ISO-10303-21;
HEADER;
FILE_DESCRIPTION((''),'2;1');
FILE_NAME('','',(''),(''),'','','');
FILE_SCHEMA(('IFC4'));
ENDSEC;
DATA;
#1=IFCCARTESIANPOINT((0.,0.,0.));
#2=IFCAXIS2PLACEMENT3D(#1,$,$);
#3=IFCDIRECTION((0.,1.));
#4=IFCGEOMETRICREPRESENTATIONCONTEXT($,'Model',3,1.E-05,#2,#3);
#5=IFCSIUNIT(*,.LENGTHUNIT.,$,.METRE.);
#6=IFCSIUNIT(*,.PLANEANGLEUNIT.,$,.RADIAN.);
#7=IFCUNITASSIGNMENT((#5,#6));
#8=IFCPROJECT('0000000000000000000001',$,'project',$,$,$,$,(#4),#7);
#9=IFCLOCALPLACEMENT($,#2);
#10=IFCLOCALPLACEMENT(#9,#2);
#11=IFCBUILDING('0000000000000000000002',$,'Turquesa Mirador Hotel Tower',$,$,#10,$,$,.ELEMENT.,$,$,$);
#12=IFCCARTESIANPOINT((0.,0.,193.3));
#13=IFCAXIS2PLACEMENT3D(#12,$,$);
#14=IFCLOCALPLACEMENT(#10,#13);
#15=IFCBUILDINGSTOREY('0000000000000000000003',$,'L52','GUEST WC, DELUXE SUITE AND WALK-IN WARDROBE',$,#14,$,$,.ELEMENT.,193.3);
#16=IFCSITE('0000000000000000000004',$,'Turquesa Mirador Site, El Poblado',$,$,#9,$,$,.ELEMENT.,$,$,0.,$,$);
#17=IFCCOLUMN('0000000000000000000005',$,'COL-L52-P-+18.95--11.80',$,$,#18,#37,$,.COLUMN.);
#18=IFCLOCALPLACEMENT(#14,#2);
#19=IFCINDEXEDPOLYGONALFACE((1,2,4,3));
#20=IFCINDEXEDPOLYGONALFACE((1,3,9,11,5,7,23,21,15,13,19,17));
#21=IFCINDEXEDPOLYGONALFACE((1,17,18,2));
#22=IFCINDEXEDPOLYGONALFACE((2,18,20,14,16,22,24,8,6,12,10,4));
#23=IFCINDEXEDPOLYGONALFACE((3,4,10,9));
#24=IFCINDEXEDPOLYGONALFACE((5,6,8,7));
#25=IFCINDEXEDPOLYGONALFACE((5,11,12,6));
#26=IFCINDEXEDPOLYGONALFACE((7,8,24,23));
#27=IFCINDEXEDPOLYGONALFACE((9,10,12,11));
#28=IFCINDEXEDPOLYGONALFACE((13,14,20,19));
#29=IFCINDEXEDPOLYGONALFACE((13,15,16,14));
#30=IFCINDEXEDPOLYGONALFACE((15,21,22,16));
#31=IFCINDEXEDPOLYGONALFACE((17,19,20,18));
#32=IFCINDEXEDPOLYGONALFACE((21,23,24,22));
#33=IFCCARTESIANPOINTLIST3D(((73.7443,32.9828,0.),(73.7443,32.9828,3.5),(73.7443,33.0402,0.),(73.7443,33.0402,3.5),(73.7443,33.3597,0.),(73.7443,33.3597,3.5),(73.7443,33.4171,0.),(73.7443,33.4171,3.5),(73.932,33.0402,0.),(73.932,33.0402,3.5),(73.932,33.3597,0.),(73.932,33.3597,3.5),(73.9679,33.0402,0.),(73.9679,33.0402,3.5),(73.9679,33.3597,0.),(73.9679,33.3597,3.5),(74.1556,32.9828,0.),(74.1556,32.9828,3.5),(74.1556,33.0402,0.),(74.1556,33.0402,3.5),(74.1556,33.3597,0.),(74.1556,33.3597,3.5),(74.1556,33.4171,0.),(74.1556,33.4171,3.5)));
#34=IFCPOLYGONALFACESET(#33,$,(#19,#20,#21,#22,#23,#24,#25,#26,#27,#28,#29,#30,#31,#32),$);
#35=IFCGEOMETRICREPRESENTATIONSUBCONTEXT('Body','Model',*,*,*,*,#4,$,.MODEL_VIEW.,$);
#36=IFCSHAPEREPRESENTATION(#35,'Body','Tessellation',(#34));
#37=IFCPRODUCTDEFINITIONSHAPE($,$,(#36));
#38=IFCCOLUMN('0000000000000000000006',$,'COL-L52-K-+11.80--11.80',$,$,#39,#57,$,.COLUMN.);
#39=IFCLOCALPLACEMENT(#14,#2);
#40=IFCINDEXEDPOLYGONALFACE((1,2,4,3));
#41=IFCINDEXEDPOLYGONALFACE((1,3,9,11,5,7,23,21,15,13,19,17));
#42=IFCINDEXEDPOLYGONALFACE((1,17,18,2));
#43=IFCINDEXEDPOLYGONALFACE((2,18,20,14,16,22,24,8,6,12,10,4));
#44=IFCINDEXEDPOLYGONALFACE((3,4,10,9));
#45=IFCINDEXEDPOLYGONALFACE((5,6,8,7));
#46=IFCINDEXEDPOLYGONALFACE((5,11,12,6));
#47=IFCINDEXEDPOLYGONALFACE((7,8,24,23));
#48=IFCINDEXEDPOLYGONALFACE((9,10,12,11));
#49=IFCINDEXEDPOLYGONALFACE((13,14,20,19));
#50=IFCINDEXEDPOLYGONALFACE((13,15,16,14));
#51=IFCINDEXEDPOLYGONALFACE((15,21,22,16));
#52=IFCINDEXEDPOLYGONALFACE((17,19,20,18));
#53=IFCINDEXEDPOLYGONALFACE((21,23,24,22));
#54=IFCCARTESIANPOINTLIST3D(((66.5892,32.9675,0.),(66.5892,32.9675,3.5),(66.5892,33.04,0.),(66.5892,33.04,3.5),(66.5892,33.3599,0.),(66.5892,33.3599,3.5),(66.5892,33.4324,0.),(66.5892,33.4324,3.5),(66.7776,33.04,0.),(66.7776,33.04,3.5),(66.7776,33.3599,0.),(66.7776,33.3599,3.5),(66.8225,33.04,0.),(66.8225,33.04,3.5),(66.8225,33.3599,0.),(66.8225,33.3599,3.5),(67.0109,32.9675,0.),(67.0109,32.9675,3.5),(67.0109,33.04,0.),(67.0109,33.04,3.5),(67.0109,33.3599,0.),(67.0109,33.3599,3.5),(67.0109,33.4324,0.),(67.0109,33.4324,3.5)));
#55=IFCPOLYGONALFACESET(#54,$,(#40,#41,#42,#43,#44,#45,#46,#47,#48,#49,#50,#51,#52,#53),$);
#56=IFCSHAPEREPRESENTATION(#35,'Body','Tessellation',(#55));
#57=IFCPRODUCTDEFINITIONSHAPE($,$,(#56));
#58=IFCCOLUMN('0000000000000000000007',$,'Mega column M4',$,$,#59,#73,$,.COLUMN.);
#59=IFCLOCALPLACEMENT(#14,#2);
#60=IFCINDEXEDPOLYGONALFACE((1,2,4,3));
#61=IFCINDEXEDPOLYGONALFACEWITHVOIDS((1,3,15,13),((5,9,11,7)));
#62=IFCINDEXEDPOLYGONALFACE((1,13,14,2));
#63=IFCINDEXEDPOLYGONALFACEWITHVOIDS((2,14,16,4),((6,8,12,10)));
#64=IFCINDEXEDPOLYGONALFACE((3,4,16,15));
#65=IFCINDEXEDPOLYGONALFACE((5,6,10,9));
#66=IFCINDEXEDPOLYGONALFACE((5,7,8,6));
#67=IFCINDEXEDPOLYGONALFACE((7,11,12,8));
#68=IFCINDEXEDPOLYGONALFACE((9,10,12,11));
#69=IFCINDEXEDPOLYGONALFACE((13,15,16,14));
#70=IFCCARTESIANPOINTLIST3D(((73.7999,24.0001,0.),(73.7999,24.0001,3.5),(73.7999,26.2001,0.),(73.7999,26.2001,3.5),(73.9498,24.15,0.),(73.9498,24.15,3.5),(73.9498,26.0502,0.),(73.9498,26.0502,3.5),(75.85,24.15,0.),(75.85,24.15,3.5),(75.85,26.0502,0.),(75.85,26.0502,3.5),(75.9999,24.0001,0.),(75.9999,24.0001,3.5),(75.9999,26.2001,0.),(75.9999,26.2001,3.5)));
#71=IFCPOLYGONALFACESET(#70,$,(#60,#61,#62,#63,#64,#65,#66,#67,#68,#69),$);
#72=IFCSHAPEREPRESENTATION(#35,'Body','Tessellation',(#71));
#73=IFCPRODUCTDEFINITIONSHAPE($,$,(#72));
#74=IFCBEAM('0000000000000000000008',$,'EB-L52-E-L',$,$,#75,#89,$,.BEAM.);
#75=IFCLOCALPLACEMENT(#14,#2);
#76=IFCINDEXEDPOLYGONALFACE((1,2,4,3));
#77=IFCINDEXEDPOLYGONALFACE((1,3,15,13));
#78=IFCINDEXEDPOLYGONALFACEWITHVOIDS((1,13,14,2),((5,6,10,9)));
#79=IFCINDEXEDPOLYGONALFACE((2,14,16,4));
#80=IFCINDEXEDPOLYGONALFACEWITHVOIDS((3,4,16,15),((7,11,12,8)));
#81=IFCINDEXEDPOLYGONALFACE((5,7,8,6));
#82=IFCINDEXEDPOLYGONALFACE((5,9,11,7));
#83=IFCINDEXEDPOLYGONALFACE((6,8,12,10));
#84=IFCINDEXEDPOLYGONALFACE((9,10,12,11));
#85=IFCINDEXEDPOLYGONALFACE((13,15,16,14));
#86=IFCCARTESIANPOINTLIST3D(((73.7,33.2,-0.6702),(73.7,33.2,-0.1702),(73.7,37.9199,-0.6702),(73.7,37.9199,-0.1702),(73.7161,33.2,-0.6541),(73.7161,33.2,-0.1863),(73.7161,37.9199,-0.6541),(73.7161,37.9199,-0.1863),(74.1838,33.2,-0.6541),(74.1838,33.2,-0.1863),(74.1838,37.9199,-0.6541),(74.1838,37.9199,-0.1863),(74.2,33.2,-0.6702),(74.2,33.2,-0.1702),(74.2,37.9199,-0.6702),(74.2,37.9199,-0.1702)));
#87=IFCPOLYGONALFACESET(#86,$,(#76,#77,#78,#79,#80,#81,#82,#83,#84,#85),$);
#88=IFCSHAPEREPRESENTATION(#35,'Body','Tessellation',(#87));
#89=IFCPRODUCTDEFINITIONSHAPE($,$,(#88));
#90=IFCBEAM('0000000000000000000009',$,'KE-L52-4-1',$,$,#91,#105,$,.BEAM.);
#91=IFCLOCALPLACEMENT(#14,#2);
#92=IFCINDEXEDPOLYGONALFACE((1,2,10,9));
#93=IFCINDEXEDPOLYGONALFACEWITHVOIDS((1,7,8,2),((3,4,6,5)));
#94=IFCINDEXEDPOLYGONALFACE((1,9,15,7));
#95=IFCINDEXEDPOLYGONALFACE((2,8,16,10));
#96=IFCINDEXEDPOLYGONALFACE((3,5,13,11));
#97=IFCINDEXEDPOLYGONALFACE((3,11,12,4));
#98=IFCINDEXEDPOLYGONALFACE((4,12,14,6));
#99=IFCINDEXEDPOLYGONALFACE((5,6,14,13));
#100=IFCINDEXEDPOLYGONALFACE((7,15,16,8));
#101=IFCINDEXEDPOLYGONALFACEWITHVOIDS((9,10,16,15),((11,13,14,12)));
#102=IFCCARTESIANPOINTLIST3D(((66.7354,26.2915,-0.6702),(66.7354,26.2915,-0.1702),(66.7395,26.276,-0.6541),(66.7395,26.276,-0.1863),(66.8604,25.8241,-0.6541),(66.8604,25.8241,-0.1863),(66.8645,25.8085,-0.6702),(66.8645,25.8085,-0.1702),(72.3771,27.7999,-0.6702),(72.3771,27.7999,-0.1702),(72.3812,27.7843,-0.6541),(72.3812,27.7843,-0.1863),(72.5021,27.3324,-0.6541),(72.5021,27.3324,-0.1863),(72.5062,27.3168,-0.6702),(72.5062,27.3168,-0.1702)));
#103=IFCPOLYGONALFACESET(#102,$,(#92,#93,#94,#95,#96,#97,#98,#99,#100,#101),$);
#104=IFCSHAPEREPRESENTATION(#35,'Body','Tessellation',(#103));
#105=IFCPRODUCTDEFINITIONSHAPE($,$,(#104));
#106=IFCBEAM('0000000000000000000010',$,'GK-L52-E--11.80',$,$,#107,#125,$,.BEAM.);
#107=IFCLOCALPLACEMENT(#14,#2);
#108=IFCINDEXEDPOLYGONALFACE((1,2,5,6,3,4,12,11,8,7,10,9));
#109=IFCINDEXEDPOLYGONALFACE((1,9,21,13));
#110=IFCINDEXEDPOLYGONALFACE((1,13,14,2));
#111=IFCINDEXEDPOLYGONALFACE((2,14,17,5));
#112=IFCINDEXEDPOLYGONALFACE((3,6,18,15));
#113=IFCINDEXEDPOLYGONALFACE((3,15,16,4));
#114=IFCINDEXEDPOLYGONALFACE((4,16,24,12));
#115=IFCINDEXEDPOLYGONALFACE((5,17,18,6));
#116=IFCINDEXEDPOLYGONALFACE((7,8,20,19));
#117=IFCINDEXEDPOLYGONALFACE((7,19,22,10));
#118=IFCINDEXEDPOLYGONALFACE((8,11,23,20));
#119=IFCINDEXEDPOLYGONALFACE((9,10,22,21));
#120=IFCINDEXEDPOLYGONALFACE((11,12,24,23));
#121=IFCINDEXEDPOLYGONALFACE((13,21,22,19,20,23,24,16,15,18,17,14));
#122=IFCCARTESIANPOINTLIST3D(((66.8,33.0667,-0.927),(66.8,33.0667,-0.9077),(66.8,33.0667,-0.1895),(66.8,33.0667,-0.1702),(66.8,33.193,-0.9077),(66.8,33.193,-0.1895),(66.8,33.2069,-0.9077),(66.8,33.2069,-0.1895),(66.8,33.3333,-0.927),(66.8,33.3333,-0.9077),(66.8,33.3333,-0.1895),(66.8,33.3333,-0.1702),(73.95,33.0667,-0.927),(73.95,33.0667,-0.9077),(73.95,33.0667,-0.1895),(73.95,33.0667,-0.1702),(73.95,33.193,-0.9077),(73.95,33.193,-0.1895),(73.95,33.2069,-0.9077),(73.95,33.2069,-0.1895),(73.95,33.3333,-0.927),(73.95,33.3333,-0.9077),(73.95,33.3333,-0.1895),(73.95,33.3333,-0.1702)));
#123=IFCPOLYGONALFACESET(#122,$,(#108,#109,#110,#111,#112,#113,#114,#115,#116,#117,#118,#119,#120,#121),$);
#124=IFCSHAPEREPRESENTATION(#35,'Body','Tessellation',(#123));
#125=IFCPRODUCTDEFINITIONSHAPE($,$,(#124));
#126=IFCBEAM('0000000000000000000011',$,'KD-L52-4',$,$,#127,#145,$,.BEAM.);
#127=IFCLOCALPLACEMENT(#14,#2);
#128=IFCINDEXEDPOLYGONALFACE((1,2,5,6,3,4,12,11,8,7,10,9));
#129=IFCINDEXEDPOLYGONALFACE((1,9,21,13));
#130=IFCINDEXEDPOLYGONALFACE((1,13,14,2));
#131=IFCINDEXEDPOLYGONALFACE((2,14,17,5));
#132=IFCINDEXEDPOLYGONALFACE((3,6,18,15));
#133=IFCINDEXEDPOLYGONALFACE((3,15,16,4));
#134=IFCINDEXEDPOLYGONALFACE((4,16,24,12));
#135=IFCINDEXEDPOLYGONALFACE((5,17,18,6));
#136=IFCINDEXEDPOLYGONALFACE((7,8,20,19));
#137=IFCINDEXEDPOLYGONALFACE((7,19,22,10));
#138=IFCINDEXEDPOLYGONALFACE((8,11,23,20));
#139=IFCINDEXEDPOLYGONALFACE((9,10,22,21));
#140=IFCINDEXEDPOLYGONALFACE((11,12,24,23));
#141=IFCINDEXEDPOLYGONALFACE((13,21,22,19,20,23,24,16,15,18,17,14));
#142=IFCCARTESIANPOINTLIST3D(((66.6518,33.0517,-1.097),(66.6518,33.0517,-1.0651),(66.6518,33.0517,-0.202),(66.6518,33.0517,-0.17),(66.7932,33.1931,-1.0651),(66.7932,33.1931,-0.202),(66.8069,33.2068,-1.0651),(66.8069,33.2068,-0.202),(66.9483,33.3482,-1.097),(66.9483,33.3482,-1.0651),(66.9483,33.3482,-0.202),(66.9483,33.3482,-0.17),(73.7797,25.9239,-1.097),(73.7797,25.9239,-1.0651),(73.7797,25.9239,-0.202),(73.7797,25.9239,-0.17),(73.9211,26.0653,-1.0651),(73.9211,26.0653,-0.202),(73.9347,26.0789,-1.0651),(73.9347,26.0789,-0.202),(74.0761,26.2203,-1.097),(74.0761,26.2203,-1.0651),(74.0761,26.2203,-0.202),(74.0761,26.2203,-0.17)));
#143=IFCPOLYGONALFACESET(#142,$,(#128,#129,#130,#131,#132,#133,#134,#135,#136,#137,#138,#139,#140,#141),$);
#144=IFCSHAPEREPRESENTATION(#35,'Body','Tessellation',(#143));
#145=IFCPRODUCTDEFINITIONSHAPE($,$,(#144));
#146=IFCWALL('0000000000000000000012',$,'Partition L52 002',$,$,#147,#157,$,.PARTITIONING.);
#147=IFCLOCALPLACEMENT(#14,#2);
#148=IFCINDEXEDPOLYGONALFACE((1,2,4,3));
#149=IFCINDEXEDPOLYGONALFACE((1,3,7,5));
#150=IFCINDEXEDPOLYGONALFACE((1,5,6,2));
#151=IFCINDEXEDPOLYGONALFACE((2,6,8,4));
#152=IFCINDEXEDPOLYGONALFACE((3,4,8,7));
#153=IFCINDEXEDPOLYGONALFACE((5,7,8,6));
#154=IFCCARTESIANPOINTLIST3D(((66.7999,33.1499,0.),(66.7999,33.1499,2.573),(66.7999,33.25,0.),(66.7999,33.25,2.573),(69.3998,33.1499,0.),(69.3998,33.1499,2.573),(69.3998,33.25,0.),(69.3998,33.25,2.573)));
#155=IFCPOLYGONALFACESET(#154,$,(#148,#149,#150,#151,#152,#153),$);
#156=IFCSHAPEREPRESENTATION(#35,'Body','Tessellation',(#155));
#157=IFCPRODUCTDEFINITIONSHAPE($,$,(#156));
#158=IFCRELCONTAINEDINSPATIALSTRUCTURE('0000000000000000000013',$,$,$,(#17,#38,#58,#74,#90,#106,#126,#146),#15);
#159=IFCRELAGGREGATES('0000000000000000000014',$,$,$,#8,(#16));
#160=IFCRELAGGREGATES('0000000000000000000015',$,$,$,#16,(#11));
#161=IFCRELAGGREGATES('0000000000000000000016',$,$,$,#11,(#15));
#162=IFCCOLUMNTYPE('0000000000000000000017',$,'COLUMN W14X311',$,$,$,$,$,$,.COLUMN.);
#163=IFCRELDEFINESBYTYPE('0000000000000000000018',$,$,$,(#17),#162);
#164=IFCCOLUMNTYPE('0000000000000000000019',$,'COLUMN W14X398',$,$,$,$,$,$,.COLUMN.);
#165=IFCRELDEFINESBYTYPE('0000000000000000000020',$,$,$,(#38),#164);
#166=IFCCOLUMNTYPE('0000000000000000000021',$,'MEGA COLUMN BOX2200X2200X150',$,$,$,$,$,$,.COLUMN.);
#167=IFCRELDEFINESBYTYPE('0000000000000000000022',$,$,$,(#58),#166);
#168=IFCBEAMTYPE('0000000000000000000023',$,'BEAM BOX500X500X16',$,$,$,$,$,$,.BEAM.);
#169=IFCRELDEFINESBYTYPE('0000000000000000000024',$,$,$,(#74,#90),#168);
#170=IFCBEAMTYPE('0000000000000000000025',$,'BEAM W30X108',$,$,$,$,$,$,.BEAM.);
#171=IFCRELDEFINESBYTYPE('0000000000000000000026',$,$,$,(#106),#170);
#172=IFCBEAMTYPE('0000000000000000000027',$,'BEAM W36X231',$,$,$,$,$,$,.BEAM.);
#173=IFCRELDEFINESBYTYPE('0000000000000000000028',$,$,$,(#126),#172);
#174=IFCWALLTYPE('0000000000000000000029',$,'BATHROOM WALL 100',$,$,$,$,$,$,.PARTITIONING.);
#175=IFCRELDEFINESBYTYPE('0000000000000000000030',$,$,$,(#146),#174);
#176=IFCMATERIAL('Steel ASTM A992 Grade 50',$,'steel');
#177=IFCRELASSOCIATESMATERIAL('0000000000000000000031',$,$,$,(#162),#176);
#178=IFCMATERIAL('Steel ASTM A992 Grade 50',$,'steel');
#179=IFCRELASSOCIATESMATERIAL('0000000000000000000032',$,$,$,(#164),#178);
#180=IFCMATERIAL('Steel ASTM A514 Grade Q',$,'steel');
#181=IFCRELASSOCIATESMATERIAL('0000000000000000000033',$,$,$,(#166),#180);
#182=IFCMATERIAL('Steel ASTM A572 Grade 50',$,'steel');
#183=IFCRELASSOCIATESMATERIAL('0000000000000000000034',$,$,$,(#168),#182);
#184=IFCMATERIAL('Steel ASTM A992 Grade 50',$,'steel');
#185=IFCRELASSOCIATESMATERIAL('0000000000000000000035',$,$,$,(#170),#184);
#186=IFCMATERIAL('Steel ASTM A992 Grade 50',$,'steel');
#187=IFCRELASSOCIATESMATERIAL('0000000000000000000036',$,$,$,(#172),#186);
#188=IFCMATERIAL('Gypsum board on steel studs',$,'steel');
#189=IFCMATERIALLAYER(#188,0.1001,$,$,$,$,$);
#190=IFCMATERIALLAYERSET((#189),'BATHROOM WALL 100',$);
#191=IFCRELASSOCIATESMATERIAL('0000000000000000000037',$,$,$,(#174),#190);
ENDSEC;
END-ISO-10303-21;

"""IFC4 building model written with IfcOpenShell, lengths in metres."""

from ifc_helpers import new_model, si_unit, direction, frame, frame_2d, origin, origin_2d, place, context, subcontext, project, spatial, rectangle, hollow_rectangle, i_section, extrude, material, layer, layer_set, material_profile, profile_set, type_object, element, save


model = new_model("IFC4")

# Units and contexts
model_context = context("Model", 3, precision=1e-05, world=origin(), true_north=direction((0.0, 1.0)))
body_context = subcontext(model_context, "Body", "Model", "MODEL_VIEW")
ifc_project = project(units=[si_unit("LENGTHUNIT", "METRE"), si_unit("PLANEANGLEUNIT", "RADIAN")], contexts=[model_context])

# Site, building, storey
site_placement = place(None, origin())
site = spatial("IfcSite", under=ifc_project, at=site_placement, Name="Turquesa Mirador Site, El Poblado", CompositionType="ELEMENT", RefElevation=0.0)
building_placement = place(site_placement, origin())
building = spatial("IfcBuilding", under=site, at=building_placement, Name="Turquesa Mirador Hotel Tower", CompositionType="ELEMENT")
storey_placement = place(building_placement, frame((0.0, 0.0, 193.3)))
storey = spatial("IfcBuildingStorey", under=building, at=storey_placement, Name="L52", Description="GUEST WC, DELUXE SUITE AND WALK-IN WARDROBE", CompositionType="ELEMENT", Elevation=193.3)

# Columns
ifc_material_1 = material(Name="Steel ASTM A992 Grade 50", Category="steel")
ifc_material_profile_1 = material_profile(ifc_material_1, i_section(OverallWidth=0.4114, OverallDepth=0.4343, WebThickness=0.0359, FlangeThickness=0.0574, at=origin_2d()), Name="W14X311")
ifc_profile_set_1 = profile_set([ifc_material_profile_1], Name="Steel ASTM A992 Grade 50")
column_type_1 = type_object("IfcColumnType", Name="COLUMN W14X311", PredefinedType="COLUMN", material=ifc_profile_set_1)
column_1_placement = place(storey_placement, frame((73.95, 33.2, 0.0), z_axis=(0.0, 0.0, 1.0), x_axis=(1.0, 0.0, 0.0)))
element("IfcColumn", 1, at=column_1_placement, inside=storey, type_object=column_type_1, Name="COL-L52-P-+18.95--11.80", PredefinedType="COLUMN", context=body_context, shape_type="SweptSolid", body=[
    extrude(i_section(OverallWidth=0.4114, OverallDepth=0.4343, WebThickness=0.0359, FlangeThickness=0.0574, at=origin_2d()), origin(), (0.0, 0.0, 1.0), 3.5),
])
ifc_material_2 = material(Name="Steel ASTM A992 Grade 50", Category="steel")
ifc_material_profile_2 = material_profile(ifc_material_2, i_section(OverallWidth=0.4216, OverallDepth=0.4648, WebThickness=0.0449, FlangeThickness=0.0725, at=origin_2d()), Name="W14X398")
ifc_profile_set_2 = profile_set([ifc_material_profile_2], Name="Steel ASTM A992 Grade 50")
column_type_2 = type_object("IfcColumnType", Name="COLUMN W14X398", PredefinedType="COLUMN", material=ifc_profile_set_2)
column_2_placement = place(storey_placement, frame((66.8, 33.2, 0.0), z_axis=(0.0, 0.0, 1.0), x_axis=(1.0, 0.0, 0.0)))
element("IfcColumn", 2, at=column_2_placement, inside=storey, type_object=column_type_2, Name="COL-L52-K-+11.80--11.80", PredefinedType="COLUMN", context=body_context, shape_type="SweptSolid", body=[
    extrude(i_section(OverallWidth=0.4216, OverallDepth=0.4648, WebThickness=0.0449, FlangeThickness=0.0725, at=origin_2d()), origin(), (0.0, 0.0, 1.0), 3.5),
])
ifc_material_3 = material(Name="Steel ASTM A514 Grade Q", Category="steel")
ifc_material_profile_3 = material_profile(ifc_material_3, hollow_rectangle(XDim=2.2, YDim=2.2, WallThickness=0.1499, at=origin_2d()), Name="BOX2200X2200X150")
ifc_profile_set_3 = profile_set([ifc_material_profile_3], Name="Steel ASTM A514 Grade Q")
column_type_3 = type_object("IfcColumnType", Name="MEGA COLUMN BOX2200X2200X150", PredefinedType="COLUMN", material=ifc_profile_set_3)
column_3_placement = place(storey_placement, frame((74.8999, 25.1001, 0.0), z_axis=(0.0, 0.0, 1.0), x_axis=(1.0, 0.0, 0.0)))
element("IfcColumn", 3, at=column_3_placement, inside=storey, type_object=column_type_3, Name="Mega column M4", PredefinedType="COLUMN", context=body_context, shape_type="SweptSolid", body=[
    extrude(hollow_rectangle(XDim=2.2, YDim=2.2, WallThickness=0.1499, at=origin_2d()), origin(), (0.0, 0.0, 1.0), 3.5),
])

# Beams
ifc_material_4 = material(Name="Steel ASTM A572 Grade 50", Category="steel")
ifc_material_profile_4 = material_profile(ifc_material_4, hollow_rectangle(XDim=0.5, YDim=0.5, WallThickness=0.0161, at=origin_2d()), Name="BOX500X500X16")
ifc_profile_set_4 = profile_set([ifc_material_profile_4], Name="Steel ASTM A572 Grade 50")
beam_type_1 = type_object("IfcBeamType", Name="BEAM BOX500X500X16", PredefinedType="BEAM", material=ifc_profile_set_4)
beam_1_placement = place(storey_placement, frame((73.95, 33.2, -0.4202), z_axis=(0.0, 1.0, 0.0), x_axis=(-1.0, 0.0, 0.0)))
element("IfcBeam", 4, at=beam_1_placement, inside=storey, type_object=beam_type_1, Name="EB-L52-E-L", PredefinedType="BEAM", context=body_context, shape_type="SweptSolid", body=[
    extrude(hollow_rectangle(XDim=0.5, YDim=0.5, WallThickness=0.0161, at=origin_2d()), origin(), (0.0, 0.0, 1.0), 4.72),
])
beam_2_placement = place(storey_placement, frame((72.4417, 27.5583, -0.4202), z_axis=(-0.96607, -0.258282, 0.0), x_axis=(0.258282, -0.96607, 0.0)))
element("IfcBeam", 5, at=beam_2_placement, inside=storey, type_object=beam_type_1, Name="KE-L52-4-1", PredefinedType="BEAM", context=body_context, shape_type="SweptSolid", body=[
    extrude(hollow_rectangle(XDim=0.5, YDim=0.5, WallThickness=0.0161, at=origin_2d()), origin(), (0.0, 0.0, 1.0), 5.8398),
])
ifc_material_5 = material(Name="Steel ASTM A992 Grade 50", Category="steel")
ifc_material_profile_5 = material_profile(ifc_material_5, i_section(OverallWidth=0.2666, OverallDepth=0.7568, WebThickness=0.0139, FlangeThickness=0.0193, at=origin_2d()), Name="W30X108")
ifc_profile_set_5 = profile_set([ifc_material_profile_5], Name="Steel ASTM A992 Grade 50")
beam_type_2 = type_object("IfcBeamType", Name="BEAM W30X108", PredefinedType="BEAM", material=ifc_profile_set_5)
beam_3_placement = place(storey_placement, frame((73.95, 33.2, -0.5486), z_axis=(-1.0, 0.0, 0.0), x_axis=(0.0, -1.0, 0.0)))
element("IfcBeam", 6, at=beam_3_placement, inside=storey, type_object=beam_type_2, Name="GK-L52-E--11.80", PredefinedType="BEAM", context=body_context, shape_type="SweptSolid", body=[
    extrude(i_section(OverallWidth=0.2666, OverallDepth=0.7568, WebThickness=0.0139, FlangeThickness=0.0193, at=origin_2d()), origin(), (0.0, 0.0, 1.0), 7.1499),
])
ifc_material_6 = material(Name="Steel ASTM A992 Grade 50", Category="steel")
ifc_material_profile_6 = material_profile(ifc_material_6, i_section(OverallWidth=0.4192, OverallDepth=0.927, WebThickness=0.0193, FlangeThickness=0.032, at=origin_2d()), Name="W36X231")
ifc_profile_set_6 = profile_set([ifc_material_profile_6], Name="Steel ASTM A992 Grade 50")
beam_type_3 = type_object("IfcBeamType", Name="BEAM W36X231", PredefinedType="BEAM", material=ifc_profile_set_6)
beam_4_placement = place(storey_placement, frame((66.8, 33.2, -0.6335), z_axis=(0.707107, -0.707107, 0.0), x_axis=(0.707107, 0.707107, 0.0)))
element("IfcBeam", 7, at=beam_4_placement, inside=storey, type_object=beam_type_3, Name="KD-L52-4", PredefinedType="BEAM", context=body_context, shape_type="SweptSolid", body=[
    extrude(i_section(OverallWidth=0.4192, OverallDepth=0.927, WebThickness=0.0193, FlangeThickness=0.032, at=origin_2d()), origin(), (0.0, 0.0, 1.0), 10.0803),
])

# Wall
ifc_material_7 = material(Name="Gypsum board on steel studs", Category="steel")
ifc_layer_1 = layer(ifc_material_7, 0.1001)
ifc_layer_set_1 = layer_set([ifc_layer_1], Name="BATHROOM WALL 100")
wall_type_1 = type_object("IfcWallType", Name="BATHROOM WALL 100", PredefinedType="PARTITIONING", material=ifc_layer_set_1)
wall_1_placement = place(storey_placement, frame((66.8, 33.2, 0.0), z_axis=(0.0, 0.0, 1.0), x_axis=(1.0, 0.0, 0.0)))
element("IfcWall", 8, at=wall_1_placement, inside=storey, type_object=wall_type_1, Name="Partition L52 002", PredefinedType="PARTITIONING", context=body_context, shape_type="SweptSolid", body=[
    extrude(rectangle(XDim=2.5999, YDim=0.1001, at=frame_2d((1.2998, 0.0))), origin(), (0.0, 0.0, 1.0), 2.573),
])

save(model, "model.ifc")
